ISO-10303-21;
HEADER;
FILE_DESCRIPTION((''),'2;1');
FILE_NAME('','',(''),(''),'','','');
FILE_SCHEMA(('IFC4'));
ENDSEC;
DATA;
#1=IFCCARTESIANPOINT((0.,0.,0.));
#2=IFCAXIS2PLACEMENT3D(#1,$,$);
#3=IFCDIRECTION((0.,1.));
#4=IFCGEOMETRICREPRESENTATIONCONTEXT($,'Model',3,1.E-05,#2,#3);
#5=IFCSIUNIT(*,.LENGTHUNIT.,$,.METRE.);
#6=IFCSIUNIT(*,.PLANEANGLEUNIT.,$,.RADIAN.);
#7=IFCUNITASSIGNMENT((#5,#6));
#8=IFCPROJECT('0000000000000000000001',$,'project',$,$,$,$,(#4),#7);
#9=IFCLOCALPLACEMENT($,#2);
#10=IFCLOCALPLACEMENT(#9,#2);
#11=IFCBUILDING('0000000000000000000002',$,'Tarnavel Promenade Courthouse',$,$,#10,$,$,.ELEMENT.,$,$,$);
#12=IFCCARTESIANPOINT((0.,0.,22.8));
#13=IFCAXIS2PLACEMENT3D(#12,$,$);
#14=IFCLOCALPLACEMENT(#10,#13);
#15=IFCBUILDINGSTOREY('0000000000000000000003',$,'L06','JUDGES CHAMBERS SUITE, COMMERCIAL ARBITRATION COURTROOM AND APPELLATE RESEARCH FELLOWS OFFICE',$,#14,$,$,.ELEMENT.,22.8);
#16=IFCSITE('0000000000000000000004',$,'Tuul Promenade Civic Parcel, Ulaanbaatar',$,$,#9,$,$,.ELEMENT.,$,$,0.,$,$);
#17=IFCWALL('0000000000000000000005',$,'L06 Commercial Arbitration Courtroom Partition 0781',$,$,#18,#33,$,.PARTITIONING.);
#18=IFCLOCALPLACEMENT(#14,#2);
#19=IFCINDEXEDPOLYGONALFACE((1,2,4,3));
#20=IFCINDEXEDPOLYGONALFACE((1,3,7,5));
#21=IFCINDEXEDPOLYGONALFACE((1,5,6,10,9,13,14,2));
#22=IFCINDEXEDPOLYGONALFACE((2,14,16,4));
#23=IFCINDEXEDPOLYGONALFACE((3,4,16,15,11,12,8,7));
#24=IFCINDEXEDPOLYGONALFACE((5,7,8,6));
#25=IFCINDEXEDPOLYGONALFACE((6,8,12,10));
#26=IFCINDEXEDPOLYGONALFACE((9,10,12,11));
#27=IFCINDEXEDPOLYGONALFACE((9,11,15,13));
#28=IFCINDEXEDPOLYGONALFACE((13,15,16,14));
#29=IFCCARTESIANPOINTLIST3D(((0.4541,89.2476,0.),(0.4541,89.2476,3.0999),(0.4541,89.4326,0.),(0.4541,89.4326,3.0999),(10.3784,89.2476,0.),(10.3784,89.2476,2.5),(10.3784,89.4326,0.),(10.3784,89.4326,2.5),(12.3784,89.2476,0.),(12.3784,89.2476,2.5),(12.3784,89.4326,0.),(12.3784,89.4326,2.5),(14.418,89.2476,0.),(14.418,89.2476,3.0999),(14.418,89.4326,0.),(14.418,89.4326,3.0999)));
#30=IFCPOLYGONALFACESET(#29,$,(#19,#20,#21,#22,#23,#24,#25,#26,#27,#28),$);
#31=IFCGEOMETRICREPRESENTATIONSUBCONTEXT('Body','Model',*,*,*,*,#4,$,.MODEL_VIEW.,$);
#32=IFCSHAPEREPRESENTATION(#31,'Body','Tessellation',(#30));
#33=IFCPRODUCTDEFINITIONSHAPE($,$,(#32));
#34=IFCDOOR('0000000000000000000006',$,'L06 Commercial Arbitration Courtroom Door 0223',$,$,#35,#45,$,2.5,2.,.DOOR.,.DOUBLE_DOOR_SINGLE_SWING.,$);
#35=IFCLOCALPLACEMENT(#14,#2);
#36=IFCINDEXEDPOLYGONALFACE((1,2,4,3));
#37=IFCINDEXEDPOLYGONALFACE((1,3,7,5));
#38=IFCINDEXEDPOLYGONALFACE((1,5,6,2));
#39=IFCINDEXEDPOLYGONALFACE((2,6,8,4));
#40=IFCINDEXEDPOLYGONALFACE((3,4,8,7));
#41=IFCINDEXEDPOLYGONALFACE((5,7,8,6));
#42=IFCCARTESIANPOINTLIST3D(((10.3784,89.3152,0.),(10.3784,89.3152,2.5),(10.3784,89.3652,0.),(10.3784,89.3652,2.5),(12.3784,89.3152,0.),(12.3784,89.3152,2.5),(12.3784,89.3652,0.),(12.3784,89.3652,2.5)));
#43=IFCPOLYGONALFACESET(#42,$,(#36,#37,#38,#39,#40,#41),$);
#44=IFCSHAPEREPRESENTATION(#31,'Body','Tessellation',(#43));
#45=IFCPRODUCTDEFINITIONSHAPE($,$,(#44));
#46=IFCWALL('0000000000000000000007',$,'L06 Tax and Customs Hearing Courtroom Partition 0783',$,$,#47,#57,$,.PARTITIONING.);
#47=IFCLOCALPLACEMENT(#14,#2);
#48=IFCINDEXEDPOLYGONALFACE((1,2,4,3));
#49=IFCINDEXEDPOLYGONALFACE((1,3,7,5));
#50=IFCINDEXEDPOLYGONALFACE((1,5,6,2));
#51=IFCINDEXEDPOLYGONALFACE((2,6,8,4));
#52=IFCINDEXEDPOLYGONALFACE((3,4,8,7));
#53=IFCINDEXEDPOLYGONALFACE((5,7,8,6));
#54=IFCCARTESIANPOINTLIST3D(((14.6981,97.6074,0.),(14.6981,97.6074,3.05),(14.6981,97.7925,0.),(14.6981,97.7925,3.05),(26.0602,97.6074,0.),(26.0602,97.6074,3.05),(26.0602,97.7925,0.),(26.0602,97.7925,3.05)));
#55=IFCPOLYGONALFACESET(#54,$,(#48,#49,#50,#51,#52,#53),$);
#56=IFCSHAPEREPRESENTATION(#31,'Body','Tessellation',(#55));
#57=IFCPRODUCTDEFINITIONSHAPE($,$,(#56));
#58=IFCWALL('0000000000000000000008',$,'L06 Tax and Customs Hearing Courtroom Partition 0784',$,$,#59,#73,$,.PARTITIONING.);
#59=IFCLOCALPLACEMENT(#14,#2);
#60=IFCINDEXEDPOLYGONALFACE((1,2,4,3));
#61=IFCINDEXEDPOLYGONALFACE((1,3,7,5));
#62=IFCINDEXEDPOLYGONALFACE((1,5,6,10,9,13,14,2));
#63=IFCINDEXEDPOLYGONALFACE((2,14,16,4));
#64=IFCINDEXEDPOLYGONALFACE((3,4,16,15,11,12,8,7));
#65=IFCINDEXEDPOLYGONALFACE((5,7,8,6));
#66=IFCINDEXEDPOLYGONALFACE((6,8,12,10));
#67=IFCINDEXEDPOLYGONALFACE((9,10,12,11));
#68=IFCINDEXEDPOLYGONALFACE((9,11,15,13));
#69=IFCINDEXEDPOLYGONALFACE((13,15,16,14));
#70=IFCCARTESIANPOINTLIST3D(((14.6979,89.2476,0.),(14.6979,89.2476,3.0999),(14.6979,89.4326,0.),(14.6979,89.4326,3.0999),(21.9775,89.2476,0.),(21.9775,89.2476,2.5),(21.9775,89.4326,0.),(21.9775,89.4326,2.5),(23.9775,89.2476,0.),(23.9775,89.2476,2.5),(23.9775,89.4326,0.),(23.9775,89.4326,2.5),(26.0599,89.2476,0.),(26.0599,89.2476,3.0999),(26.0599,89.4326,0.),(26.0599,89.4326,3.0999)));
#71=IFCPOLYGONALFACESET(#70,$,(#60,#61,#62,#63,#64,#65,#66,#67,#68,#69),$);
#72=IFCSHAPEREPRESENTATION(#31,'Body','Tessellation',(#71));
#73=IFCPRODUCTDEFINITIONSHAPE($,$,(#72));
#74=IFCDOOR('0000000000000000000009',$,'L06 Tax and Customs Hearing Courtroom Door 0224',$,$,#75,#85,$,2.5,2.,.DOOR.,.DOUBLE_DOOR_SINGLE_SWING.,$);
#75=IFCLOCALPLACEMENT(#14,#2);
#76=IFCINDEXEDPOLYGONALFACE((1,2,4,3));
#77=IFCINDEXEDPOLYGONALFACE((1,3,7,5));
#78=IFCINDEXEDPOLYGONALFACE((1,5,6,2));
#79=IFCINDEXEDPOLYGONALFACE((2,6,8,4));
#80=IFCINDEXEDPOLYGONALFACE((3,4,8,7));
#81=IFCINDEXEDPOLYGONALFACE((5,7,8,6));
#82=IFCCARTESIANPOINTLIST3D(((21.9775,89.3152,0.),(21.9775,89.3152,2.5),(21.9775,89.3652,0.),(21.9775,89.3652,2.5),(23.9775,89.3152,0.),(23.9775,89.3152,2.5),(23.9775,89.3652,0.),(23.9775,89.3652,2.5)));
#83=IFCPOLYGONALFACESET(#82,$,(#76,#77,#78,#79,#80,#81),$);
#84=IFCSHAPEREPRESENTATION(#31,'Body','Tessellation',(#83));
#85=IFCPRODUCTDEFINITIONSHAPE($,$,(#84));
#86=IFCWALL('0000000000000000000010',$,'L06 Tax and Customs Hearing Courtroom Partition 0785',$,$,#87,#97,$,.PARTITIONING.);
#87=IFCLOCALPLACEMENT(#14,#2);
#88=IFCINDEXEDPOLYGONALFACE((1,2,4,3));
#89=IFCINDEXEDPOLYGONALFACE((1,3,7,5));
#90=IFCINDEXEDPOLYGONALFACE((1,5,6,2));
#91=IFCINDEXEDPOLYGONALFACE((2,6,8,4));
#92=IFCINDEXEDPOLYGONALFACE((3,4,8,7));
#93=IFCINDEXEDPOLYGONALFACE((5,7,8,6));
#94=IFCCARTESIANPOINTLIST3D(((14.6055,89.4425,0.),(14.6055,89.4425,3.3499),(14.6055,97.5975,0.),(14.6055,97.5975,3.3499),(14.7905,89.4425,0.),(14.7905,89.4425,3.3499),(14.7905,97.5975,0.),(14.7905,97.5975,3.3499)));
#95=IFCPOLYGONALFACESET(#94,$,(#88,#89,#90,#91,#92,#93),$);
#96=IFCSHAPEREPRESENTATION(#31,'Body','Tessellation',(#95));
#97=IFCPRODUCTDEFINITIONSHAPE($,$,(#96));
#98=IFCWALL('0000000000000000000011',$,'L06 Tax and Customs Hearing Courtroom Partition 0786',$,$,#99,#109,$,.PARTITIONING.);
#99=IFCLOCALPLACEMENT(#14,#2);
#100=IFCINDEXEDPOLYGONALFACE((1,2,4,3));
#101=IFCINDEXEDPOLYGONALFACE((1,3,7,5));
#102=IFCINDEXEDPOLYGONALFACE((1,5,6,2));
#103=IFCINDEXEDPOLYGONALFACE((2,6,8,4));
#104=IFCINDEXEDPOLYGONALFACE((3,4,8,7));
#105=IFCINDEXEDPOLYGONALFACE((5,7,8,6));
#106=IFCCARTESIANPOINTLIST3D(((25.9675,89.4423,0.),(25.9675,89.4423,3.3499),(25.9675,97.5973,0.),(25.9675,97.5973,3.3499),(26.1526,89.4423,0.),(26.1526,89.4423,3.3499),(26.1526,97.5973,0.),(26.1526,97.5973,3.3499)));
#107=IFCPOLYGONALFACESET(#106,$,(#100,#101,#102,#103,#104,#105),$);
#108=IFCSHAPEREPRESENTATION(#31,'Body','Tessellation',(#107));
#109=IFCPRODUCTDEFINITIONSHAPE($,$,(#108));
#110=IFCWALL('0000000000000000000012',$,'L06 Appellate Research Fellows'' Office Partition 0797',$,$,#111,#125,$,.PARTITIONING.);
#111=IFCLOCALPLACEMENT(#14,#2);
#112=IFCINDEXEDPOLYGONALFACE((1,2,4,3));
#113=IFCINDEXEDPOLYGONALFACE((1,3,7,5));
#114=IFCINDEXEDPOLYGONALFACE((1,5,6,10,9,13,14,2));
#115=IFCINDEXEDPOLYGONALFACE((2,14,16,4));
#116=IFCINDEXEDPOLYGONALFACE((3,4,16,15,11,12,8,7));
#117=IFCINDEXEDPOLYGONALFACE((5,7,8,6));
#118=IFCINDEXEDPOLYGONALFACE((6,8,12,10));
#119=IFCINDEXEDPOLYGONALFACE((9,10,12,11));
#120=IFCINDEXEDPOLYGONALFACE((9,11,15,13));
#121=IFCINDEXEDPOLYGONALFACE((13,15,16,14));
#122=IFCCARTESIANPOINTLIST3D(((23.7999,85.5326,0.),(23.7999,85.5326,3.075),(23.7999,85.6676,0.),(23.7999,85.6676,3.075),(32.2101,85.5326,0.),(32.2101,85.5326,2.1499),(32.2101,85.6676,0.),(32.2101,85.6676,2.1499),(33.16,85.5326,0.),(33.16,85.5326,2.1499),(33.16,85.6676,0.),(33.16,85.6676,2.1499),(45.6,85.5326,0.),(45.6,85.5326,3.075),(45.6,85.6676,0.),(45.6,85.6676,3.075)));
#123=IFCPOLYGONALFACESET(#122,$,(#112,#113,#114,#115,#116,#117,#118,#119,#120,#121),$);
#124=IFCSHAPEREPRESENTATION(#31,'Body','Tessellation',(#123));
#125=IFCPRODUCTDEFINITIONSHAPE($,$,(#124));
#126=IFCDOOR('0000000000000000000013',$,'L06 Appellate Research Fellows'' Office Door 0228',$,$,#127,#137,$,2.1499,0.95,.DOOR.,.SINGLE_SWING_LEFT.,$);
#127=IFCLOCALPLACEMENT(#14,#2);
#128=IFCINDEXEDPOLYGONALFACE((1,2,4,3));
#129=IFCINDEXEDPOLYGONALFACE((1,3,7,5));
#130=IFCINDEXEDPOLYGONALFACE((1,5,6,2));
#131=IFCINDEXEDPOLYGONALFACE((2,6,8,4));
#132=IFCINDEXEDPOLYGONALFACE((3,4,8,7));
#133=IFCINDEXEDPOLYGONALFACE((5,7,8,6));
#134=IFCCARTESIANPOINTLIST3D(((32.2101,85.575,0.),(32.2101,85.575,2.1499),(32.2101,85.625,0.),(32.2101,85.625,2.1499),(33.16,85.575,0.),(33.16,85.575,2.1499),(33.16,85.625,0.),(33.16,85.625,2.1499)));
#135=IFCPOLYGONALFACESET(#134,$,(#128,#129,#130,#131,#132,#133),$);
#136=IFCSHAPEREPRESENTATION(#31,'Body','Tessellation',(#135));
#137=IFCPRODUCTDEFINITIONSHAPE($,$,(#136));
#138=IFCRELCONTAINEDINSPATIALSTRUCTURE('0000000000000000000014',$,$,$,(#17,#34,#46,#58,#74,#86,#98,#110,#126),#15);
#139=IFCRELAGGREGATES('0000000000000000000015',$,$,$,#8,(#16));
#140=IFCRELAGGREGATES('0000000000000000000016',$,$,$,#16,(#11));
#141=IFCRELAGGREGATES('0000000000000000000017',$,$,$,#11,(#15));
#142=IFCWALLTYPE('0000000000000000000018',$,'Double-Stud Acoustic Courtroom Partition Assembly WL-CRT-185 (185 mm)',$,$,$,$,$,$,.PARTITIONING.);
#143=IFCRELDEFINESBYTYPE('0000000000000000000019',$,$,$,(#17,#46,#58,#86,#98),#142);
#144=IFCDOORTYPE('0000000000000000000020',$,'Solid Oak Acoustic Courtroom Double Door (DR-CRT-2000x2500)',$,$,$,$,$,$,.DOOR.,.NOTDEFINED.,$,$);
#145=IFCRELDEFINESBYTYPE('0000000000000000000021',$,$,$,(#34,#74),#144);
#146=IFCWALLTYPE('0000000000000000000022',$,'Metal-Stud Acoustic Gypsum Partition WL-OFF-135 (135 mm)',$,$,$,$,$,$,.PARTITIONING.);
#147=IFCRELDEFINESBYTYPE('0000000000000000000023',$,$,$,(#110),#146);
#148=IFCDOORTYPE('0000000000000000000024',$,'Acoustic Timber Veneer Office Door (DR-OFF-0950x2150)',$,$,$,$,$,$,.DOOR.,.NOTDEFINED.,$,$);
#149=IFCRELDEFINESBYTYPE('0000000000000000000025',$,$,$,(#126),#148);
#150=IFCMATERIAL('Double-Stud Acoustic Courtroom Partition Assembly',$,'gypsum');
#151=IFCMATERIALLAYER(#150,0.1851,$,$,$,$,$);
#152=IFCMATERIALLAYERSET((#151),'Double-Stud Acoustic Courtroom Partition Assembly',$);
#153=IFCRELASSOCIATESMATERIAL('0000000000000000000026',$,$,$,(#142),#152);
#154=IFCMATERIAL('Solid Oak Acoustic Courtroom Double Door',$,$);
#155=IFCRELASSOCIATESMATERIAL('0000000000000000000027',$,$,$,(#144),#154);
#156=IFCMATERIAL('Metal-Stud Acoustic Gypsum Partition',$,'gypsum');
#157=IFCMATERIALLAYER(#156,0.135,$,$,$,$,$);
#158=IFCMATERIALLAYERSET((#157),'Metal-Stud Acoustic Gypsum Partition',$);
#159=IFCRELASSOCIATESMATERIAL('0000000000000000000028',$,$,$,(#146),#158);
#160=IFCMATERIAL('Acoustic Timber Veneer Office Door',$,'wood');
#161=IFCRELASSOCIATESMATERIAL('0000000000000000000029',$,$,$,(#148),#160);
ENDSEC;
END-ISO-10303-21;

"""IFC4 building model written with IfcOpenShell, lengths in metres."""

from ifc_helpers import new_model, si_unit, direction, frame, frame_2d, origin, place, context, subcontext, project, spatial, rectangle, extrude, material, layer, layer_set, type_object, element, fill, save


model = new_model("IFC4")

# Units and contexts
model_context = context("Model", 3, precision=1e-05, world=origin(), true_north=direction((0.0, 1.0)))
body_context = subcontext(model_context, "Body", "Model", "MODEL_VIEW")
ifc_project = project(units=[si_unit("LENGTHUNIT", "METRE"), si_unit("PLANEANGLEUNIT", "RADIAN")], contexts=[model_context])

# Site, building, storey
site_placement = place(None, origin())
site = spatial("IfcSite", under=ifc_project, at=site_placement, Name="Tuul Promenade Civic Parcel, Ulaanbaatar", CompositionType="ELEMENT", RefElevation=0.0)
building_placement = place(site_placement, origin())
building = spatial("IfcBuilding", under=site, at=building_placement, Name="Tarnavel Promenade Courthouse", CompositionType="ELEMENT")
storey_placement = place(building_placement, frame((0.0, 0.0, 22.8)))
storey = spatial("IfcBuildingStorey", under=building, at=storey_placement, Name="L06", Description="JUDGES CHAMBERS SUITE, COMMERCIAL ARBITRATION COURTROOM AND APPELLATE RESEARCH FELLOWS OFFICE", CompositionType="ELEMENT", Elevation=22.8)

# Wall, opening, door
ifc_material_1 = material(Name="Double-Stud Acoustic Courtroom Partition Assembly", Category="gypsum")
ifc_layer_1 = layer(ifc_material_1, 0.1851)
ifc_layer_set_1 = layer_set([ifc_layer_1], Name="Double-Stud Acoustic Courtroom Partition Assembly")
wall_type_1 = type_object("IfcWallType", Name="Double-Stud Acoustic Courtroom Partition Assembly WL-CRT-185 (185 mm)", PredefinedType="PARTITIONING", material=ifc_layer_set_1)
wall_1_placement = place(storey_placement, frame((14.418, 89.3401, 0.0), z_axis=(0.0, 0.0, 1.0), x_axis=(-1.0, 0.0, 0.0)))
wall_1 = element("IfcWall", 1, at=wall_1_placement, inside=storey, type_object=wall_type_1, Name="L06 Commercial Arbitration Courtroom Partition 0781", PredefinedType="PARTITIONING", context=body_context, shape_type="SweptSolid", body=[
    extrude(rectangle(XDim=13.9639, YDim=0.1851, at=frame_2d((6.9819, 0.0))), origin(), (0.0, 0.0, 1.0), 3.0999),
])
opening_1_placement = place(wall_1_placement, frame((2.0396, 0.0, 0.0)))
opening_1 = element("IfcOpeningElement", 2, at=opening_1_placement, cuts=wall_1, PredefinedType="OPENING", context=body_context, shape_type="SweptSolid", body=[
    extrude(rectangle(XDim=2.0, YDim=2.5, at=frame_2d((1.0, 1.25))), frame((0.0, 0.1025, 0.0), z_axis=(0.0, -1.0, 0.0), x_axis=(1.0, 0.0, 0.0)), (0.0, 0.0, 1.0), 0.2051),
])
ifc_material_2 = material(Name="Solid Oak Acoustic Courtroom Double Door")
door_type_1 = type_object("IfcDoorType", Name="Solid Oak Acoustic Courtroom Double Door (DR-CRT-2000x2500)", OperationType="NOTDEFINED", PredefinedType="DOOR", material=ifc_material_2)
door_1_placement = place(opening_1_placement, origin())
door_1 = element("IfcDoor", 3, at=door_1_placement, inside=storey, type_object=door_type_1, Name="L06 Commercial Arbitration Courtroom Door 0223", OperationType="DOUBLE_DOOR_SINGLE_SWING", OverallHeight=2.5, OverallWidth=2.0, PredefinedType="DOOR", context=body_context, shape_type="SweptSolid", body=[
    extrude(rectangle(XDim=2.0, YDim=2.5, at=frame_2d((1.0, 1.25))), frame((0.0, 0.0249, 0.0), z_axis=(0.0, -1.0, 0.0), x_axis=(1.0, 0.0, 0.0)), (0.0, 0.0, 1.0), 0.05),
])
fill(opening_1, door_1)

# Wall
wall_2_placement = place(storey_placement, frame((14.698, 97.7, 0.0), z_axis=(0.0, 0.0, 1.0), x_axis=(1.0, 0.0, 0.0)))
element("IfcWall", 4, at=wall_2_placement, inside=storey, type_object=wall_type_1, Name="L06 Tax and Customs Hearing Courtroom Partition 0783", PredefinedType="PARTITIONING", context=body_context, shape_type="SweptSolid", body=[
    extrude(rectangle(XDim=11.3621, YDim=0.1851, at=frame_2d((5.6812, 0.0))), origin(), (0.0, 0.0, 1.0), 3.05),
])

# Wall, opening, door
wall_3_placement = place(storey_placement, frame((26.0601, 89.3401, 0.0), z_axis=(0.0, 0.0, 1.0), x_axis=(-1.0, 0.0, 0.0)))
wall_3 = element("IfcWall", 5, at=wall_3_placement, inside=storey, type_object=wall_type_1, Name="L06 Tax and Customs Hearing Courtroom Partition 0784", PredefinedType="PARTITIONING", context=body_context, shape_type="SweptSolid", body=[
    extrude(rectangle(XDim=11.3621, YDim=0.1851, at=frame_2d((5.6812, 0.0))), origin(), (0.0, 0.0, 1.0), 3.0999),
])
opening_2_placement = place(wall_3_placement, frame((2.0825, 0.0, 0.0)))
opening_2 = element("IfcOpeningElement", 6, at=opening_2_placement, cuts=wall_3, PredefinedType="OPENING", context=body_context, shape_type="SweptSolid", body=[
    extrude(rectangle(XDim=2.0, YDim=2.5, at=frame_2d((1.0, 1.25))), frame((0.0, 0.1025, 0.0), z_axis=(0.0, -1.0, 0.0), x_axis=(1.0, 0.0, 0.0)), (0.0, 0.0, 1.0), 0.2051),
])
door_2_placement = place(opening_2_placement, origin())
door_2 = element("IfcDoor", 7, at=door_2_placement, inside=storey, type_object=door_type_1, Name="L06 Tax and Customs Hearing Courtroom Door 0224", OperationType="DOUBLE_DOOR_SINGLE_SWING", OverallHeight=2.5, OverallWidth=2.0, PredefinedType="DOOR", context=body_context, shape_type="SweptSolid", body=[
    extrude(rectangle(XDim=2.0, YDim=2.5, at=frame_2d((1.0, 1.25))), frame((0.0, 0.0249, 0.0), z_axis=(0.0, -1.0, 0.0), x_axis=(1.0, 0.0, 0.0)), (0.0, 0.0, 1.0), 0.05),
])
fill(opening_2, door_2)

# Walls
for number, where, z_axis, x_axis, name in (
    (8, (14.698, 89.4424, 0.0), (0.0, 0.0, 1.0), (0.0, 1.0, 0.0), "L06 Tax and Customs Hearing Courtroom Partition 0785"),
    (9, (26.0601, 97.5974, 0.0), (0.0, 0.0, 1.0), (0.0, -1.0, 0.0), "L06 Tax and Customs Hearing Courtroom Partition 0786"),
):
    element("IfcWall", number, at=place(storey_placement, frame(where, z_axis=z_axis, x_axis=x_axis)), inside=storey, type_object=wall_type_1, Name=name, PredefinedType="PARTITIONING", context=body_context, shape_type="SweptSolid", body=[
        extrude(rectangle(XDim=8.155, YDim=0.1851, at=frame_2d((4.0776, 0.0))), origin(), (0.0, 0.0, 1.0), 3.3499),
    ])

# Wall, opening, door
ifc_material_3 = material(Name="Metal-Stud Acoustic Gypsum Partition", Category="gypsum")
ifc_layer_2 = layer(ifc_material_3, 0.135)
ifc_layer_set_2 = layer_set([ifc_layer_2], Name="Metal-Stud Acoustic Gypsum Partition")
wall_type_2 = type_object("IfcWallType", Name="Metal-Stud Acoustic Gypsum Partition WL-OFF-135 (135 mm)", PredefinedType="PARTITIONING", material=ifc_layer_set_2)
wall_4_placement = place(storey_placement, frame((23.8, 85.6001, 0.0), z_axis=(0.0, 0.0, 1.0), x_axis=(1.0, 0.0, 0.0)))
wall_4 = element("IfcWall", 10, at=wall_4_placement, inside=storey, type_object=wall_type_2, Name="L06 Appellate Research Fellows' Office Partition 0797", PredefinedType="PARTITIONING", context=body_context, shape_type="SweptSolid", body=[
    extrude(rectangle(XDim=21.8, YDim=0.135, at=frame_2d((10.8999, 0.0))), origin(), (0.0, 0.0, 1.0), 3.075),
])
opening_3_placement = place(wall_4_placement, frame((8.4099, 0.0, 0.0)))
opening_3 = element("IfcOpeningElement", 11, at=opening_3_placement, cuts=wall_4, PredefinedType="OPENING", context=body_context, shape_type="SweptSolid", body=[
    extrude(rectangle(XDim=0.95, YDim=2.1499, at=frame_2d((0.4751, 1.075))), frame((0.0, 0.0774, 0.0), z_axis=(0.0, -1.0, 0.0), x_axis=(1.0, 0.0, 0.0)), (0.0, 0.0, 1.0), 0.155),
])
ifc_material_4 = material(Name="Acoustic Timber Veneer Office Door", Category="wood")
door_type_2 = type_object("IfcDoorType", Name="Acoustic Timber Veneer Office Door (DR-OFF-0950x2150)", OperationType="NOTDEFINED", PredefinedType="DOOR", material=ifc_material_4)
door_3_placement = place(opening_3_placement, origin())
door_3 = element("IfcDoor", 12, at=door_3_placement, inside=storey, type_object=door_type_2, Name="L06 Appellate Research Fellows' Office Door 0228", OperationType="SINGLE_SWING_LEFT", OverallHeight=2.1499, OverallWidth=0.95, PredefinedType="DOOR", context=body_context, shape_type="SweptSolid", body=[
    extrude(rectangle(XDim=0.95, YDim=2.1499, at=frame_2d((0.4751, 1.075))), frame((0.0, 0.0249, 0.0), z_axis=(0.0, -1.0, 0.0), x_axis=(1.0, 0.0, 0.0)), (0.0, 0.0, 1.0), 0.05),
])
fill(opening_3, door_3)

save(model, "model.ifc")
